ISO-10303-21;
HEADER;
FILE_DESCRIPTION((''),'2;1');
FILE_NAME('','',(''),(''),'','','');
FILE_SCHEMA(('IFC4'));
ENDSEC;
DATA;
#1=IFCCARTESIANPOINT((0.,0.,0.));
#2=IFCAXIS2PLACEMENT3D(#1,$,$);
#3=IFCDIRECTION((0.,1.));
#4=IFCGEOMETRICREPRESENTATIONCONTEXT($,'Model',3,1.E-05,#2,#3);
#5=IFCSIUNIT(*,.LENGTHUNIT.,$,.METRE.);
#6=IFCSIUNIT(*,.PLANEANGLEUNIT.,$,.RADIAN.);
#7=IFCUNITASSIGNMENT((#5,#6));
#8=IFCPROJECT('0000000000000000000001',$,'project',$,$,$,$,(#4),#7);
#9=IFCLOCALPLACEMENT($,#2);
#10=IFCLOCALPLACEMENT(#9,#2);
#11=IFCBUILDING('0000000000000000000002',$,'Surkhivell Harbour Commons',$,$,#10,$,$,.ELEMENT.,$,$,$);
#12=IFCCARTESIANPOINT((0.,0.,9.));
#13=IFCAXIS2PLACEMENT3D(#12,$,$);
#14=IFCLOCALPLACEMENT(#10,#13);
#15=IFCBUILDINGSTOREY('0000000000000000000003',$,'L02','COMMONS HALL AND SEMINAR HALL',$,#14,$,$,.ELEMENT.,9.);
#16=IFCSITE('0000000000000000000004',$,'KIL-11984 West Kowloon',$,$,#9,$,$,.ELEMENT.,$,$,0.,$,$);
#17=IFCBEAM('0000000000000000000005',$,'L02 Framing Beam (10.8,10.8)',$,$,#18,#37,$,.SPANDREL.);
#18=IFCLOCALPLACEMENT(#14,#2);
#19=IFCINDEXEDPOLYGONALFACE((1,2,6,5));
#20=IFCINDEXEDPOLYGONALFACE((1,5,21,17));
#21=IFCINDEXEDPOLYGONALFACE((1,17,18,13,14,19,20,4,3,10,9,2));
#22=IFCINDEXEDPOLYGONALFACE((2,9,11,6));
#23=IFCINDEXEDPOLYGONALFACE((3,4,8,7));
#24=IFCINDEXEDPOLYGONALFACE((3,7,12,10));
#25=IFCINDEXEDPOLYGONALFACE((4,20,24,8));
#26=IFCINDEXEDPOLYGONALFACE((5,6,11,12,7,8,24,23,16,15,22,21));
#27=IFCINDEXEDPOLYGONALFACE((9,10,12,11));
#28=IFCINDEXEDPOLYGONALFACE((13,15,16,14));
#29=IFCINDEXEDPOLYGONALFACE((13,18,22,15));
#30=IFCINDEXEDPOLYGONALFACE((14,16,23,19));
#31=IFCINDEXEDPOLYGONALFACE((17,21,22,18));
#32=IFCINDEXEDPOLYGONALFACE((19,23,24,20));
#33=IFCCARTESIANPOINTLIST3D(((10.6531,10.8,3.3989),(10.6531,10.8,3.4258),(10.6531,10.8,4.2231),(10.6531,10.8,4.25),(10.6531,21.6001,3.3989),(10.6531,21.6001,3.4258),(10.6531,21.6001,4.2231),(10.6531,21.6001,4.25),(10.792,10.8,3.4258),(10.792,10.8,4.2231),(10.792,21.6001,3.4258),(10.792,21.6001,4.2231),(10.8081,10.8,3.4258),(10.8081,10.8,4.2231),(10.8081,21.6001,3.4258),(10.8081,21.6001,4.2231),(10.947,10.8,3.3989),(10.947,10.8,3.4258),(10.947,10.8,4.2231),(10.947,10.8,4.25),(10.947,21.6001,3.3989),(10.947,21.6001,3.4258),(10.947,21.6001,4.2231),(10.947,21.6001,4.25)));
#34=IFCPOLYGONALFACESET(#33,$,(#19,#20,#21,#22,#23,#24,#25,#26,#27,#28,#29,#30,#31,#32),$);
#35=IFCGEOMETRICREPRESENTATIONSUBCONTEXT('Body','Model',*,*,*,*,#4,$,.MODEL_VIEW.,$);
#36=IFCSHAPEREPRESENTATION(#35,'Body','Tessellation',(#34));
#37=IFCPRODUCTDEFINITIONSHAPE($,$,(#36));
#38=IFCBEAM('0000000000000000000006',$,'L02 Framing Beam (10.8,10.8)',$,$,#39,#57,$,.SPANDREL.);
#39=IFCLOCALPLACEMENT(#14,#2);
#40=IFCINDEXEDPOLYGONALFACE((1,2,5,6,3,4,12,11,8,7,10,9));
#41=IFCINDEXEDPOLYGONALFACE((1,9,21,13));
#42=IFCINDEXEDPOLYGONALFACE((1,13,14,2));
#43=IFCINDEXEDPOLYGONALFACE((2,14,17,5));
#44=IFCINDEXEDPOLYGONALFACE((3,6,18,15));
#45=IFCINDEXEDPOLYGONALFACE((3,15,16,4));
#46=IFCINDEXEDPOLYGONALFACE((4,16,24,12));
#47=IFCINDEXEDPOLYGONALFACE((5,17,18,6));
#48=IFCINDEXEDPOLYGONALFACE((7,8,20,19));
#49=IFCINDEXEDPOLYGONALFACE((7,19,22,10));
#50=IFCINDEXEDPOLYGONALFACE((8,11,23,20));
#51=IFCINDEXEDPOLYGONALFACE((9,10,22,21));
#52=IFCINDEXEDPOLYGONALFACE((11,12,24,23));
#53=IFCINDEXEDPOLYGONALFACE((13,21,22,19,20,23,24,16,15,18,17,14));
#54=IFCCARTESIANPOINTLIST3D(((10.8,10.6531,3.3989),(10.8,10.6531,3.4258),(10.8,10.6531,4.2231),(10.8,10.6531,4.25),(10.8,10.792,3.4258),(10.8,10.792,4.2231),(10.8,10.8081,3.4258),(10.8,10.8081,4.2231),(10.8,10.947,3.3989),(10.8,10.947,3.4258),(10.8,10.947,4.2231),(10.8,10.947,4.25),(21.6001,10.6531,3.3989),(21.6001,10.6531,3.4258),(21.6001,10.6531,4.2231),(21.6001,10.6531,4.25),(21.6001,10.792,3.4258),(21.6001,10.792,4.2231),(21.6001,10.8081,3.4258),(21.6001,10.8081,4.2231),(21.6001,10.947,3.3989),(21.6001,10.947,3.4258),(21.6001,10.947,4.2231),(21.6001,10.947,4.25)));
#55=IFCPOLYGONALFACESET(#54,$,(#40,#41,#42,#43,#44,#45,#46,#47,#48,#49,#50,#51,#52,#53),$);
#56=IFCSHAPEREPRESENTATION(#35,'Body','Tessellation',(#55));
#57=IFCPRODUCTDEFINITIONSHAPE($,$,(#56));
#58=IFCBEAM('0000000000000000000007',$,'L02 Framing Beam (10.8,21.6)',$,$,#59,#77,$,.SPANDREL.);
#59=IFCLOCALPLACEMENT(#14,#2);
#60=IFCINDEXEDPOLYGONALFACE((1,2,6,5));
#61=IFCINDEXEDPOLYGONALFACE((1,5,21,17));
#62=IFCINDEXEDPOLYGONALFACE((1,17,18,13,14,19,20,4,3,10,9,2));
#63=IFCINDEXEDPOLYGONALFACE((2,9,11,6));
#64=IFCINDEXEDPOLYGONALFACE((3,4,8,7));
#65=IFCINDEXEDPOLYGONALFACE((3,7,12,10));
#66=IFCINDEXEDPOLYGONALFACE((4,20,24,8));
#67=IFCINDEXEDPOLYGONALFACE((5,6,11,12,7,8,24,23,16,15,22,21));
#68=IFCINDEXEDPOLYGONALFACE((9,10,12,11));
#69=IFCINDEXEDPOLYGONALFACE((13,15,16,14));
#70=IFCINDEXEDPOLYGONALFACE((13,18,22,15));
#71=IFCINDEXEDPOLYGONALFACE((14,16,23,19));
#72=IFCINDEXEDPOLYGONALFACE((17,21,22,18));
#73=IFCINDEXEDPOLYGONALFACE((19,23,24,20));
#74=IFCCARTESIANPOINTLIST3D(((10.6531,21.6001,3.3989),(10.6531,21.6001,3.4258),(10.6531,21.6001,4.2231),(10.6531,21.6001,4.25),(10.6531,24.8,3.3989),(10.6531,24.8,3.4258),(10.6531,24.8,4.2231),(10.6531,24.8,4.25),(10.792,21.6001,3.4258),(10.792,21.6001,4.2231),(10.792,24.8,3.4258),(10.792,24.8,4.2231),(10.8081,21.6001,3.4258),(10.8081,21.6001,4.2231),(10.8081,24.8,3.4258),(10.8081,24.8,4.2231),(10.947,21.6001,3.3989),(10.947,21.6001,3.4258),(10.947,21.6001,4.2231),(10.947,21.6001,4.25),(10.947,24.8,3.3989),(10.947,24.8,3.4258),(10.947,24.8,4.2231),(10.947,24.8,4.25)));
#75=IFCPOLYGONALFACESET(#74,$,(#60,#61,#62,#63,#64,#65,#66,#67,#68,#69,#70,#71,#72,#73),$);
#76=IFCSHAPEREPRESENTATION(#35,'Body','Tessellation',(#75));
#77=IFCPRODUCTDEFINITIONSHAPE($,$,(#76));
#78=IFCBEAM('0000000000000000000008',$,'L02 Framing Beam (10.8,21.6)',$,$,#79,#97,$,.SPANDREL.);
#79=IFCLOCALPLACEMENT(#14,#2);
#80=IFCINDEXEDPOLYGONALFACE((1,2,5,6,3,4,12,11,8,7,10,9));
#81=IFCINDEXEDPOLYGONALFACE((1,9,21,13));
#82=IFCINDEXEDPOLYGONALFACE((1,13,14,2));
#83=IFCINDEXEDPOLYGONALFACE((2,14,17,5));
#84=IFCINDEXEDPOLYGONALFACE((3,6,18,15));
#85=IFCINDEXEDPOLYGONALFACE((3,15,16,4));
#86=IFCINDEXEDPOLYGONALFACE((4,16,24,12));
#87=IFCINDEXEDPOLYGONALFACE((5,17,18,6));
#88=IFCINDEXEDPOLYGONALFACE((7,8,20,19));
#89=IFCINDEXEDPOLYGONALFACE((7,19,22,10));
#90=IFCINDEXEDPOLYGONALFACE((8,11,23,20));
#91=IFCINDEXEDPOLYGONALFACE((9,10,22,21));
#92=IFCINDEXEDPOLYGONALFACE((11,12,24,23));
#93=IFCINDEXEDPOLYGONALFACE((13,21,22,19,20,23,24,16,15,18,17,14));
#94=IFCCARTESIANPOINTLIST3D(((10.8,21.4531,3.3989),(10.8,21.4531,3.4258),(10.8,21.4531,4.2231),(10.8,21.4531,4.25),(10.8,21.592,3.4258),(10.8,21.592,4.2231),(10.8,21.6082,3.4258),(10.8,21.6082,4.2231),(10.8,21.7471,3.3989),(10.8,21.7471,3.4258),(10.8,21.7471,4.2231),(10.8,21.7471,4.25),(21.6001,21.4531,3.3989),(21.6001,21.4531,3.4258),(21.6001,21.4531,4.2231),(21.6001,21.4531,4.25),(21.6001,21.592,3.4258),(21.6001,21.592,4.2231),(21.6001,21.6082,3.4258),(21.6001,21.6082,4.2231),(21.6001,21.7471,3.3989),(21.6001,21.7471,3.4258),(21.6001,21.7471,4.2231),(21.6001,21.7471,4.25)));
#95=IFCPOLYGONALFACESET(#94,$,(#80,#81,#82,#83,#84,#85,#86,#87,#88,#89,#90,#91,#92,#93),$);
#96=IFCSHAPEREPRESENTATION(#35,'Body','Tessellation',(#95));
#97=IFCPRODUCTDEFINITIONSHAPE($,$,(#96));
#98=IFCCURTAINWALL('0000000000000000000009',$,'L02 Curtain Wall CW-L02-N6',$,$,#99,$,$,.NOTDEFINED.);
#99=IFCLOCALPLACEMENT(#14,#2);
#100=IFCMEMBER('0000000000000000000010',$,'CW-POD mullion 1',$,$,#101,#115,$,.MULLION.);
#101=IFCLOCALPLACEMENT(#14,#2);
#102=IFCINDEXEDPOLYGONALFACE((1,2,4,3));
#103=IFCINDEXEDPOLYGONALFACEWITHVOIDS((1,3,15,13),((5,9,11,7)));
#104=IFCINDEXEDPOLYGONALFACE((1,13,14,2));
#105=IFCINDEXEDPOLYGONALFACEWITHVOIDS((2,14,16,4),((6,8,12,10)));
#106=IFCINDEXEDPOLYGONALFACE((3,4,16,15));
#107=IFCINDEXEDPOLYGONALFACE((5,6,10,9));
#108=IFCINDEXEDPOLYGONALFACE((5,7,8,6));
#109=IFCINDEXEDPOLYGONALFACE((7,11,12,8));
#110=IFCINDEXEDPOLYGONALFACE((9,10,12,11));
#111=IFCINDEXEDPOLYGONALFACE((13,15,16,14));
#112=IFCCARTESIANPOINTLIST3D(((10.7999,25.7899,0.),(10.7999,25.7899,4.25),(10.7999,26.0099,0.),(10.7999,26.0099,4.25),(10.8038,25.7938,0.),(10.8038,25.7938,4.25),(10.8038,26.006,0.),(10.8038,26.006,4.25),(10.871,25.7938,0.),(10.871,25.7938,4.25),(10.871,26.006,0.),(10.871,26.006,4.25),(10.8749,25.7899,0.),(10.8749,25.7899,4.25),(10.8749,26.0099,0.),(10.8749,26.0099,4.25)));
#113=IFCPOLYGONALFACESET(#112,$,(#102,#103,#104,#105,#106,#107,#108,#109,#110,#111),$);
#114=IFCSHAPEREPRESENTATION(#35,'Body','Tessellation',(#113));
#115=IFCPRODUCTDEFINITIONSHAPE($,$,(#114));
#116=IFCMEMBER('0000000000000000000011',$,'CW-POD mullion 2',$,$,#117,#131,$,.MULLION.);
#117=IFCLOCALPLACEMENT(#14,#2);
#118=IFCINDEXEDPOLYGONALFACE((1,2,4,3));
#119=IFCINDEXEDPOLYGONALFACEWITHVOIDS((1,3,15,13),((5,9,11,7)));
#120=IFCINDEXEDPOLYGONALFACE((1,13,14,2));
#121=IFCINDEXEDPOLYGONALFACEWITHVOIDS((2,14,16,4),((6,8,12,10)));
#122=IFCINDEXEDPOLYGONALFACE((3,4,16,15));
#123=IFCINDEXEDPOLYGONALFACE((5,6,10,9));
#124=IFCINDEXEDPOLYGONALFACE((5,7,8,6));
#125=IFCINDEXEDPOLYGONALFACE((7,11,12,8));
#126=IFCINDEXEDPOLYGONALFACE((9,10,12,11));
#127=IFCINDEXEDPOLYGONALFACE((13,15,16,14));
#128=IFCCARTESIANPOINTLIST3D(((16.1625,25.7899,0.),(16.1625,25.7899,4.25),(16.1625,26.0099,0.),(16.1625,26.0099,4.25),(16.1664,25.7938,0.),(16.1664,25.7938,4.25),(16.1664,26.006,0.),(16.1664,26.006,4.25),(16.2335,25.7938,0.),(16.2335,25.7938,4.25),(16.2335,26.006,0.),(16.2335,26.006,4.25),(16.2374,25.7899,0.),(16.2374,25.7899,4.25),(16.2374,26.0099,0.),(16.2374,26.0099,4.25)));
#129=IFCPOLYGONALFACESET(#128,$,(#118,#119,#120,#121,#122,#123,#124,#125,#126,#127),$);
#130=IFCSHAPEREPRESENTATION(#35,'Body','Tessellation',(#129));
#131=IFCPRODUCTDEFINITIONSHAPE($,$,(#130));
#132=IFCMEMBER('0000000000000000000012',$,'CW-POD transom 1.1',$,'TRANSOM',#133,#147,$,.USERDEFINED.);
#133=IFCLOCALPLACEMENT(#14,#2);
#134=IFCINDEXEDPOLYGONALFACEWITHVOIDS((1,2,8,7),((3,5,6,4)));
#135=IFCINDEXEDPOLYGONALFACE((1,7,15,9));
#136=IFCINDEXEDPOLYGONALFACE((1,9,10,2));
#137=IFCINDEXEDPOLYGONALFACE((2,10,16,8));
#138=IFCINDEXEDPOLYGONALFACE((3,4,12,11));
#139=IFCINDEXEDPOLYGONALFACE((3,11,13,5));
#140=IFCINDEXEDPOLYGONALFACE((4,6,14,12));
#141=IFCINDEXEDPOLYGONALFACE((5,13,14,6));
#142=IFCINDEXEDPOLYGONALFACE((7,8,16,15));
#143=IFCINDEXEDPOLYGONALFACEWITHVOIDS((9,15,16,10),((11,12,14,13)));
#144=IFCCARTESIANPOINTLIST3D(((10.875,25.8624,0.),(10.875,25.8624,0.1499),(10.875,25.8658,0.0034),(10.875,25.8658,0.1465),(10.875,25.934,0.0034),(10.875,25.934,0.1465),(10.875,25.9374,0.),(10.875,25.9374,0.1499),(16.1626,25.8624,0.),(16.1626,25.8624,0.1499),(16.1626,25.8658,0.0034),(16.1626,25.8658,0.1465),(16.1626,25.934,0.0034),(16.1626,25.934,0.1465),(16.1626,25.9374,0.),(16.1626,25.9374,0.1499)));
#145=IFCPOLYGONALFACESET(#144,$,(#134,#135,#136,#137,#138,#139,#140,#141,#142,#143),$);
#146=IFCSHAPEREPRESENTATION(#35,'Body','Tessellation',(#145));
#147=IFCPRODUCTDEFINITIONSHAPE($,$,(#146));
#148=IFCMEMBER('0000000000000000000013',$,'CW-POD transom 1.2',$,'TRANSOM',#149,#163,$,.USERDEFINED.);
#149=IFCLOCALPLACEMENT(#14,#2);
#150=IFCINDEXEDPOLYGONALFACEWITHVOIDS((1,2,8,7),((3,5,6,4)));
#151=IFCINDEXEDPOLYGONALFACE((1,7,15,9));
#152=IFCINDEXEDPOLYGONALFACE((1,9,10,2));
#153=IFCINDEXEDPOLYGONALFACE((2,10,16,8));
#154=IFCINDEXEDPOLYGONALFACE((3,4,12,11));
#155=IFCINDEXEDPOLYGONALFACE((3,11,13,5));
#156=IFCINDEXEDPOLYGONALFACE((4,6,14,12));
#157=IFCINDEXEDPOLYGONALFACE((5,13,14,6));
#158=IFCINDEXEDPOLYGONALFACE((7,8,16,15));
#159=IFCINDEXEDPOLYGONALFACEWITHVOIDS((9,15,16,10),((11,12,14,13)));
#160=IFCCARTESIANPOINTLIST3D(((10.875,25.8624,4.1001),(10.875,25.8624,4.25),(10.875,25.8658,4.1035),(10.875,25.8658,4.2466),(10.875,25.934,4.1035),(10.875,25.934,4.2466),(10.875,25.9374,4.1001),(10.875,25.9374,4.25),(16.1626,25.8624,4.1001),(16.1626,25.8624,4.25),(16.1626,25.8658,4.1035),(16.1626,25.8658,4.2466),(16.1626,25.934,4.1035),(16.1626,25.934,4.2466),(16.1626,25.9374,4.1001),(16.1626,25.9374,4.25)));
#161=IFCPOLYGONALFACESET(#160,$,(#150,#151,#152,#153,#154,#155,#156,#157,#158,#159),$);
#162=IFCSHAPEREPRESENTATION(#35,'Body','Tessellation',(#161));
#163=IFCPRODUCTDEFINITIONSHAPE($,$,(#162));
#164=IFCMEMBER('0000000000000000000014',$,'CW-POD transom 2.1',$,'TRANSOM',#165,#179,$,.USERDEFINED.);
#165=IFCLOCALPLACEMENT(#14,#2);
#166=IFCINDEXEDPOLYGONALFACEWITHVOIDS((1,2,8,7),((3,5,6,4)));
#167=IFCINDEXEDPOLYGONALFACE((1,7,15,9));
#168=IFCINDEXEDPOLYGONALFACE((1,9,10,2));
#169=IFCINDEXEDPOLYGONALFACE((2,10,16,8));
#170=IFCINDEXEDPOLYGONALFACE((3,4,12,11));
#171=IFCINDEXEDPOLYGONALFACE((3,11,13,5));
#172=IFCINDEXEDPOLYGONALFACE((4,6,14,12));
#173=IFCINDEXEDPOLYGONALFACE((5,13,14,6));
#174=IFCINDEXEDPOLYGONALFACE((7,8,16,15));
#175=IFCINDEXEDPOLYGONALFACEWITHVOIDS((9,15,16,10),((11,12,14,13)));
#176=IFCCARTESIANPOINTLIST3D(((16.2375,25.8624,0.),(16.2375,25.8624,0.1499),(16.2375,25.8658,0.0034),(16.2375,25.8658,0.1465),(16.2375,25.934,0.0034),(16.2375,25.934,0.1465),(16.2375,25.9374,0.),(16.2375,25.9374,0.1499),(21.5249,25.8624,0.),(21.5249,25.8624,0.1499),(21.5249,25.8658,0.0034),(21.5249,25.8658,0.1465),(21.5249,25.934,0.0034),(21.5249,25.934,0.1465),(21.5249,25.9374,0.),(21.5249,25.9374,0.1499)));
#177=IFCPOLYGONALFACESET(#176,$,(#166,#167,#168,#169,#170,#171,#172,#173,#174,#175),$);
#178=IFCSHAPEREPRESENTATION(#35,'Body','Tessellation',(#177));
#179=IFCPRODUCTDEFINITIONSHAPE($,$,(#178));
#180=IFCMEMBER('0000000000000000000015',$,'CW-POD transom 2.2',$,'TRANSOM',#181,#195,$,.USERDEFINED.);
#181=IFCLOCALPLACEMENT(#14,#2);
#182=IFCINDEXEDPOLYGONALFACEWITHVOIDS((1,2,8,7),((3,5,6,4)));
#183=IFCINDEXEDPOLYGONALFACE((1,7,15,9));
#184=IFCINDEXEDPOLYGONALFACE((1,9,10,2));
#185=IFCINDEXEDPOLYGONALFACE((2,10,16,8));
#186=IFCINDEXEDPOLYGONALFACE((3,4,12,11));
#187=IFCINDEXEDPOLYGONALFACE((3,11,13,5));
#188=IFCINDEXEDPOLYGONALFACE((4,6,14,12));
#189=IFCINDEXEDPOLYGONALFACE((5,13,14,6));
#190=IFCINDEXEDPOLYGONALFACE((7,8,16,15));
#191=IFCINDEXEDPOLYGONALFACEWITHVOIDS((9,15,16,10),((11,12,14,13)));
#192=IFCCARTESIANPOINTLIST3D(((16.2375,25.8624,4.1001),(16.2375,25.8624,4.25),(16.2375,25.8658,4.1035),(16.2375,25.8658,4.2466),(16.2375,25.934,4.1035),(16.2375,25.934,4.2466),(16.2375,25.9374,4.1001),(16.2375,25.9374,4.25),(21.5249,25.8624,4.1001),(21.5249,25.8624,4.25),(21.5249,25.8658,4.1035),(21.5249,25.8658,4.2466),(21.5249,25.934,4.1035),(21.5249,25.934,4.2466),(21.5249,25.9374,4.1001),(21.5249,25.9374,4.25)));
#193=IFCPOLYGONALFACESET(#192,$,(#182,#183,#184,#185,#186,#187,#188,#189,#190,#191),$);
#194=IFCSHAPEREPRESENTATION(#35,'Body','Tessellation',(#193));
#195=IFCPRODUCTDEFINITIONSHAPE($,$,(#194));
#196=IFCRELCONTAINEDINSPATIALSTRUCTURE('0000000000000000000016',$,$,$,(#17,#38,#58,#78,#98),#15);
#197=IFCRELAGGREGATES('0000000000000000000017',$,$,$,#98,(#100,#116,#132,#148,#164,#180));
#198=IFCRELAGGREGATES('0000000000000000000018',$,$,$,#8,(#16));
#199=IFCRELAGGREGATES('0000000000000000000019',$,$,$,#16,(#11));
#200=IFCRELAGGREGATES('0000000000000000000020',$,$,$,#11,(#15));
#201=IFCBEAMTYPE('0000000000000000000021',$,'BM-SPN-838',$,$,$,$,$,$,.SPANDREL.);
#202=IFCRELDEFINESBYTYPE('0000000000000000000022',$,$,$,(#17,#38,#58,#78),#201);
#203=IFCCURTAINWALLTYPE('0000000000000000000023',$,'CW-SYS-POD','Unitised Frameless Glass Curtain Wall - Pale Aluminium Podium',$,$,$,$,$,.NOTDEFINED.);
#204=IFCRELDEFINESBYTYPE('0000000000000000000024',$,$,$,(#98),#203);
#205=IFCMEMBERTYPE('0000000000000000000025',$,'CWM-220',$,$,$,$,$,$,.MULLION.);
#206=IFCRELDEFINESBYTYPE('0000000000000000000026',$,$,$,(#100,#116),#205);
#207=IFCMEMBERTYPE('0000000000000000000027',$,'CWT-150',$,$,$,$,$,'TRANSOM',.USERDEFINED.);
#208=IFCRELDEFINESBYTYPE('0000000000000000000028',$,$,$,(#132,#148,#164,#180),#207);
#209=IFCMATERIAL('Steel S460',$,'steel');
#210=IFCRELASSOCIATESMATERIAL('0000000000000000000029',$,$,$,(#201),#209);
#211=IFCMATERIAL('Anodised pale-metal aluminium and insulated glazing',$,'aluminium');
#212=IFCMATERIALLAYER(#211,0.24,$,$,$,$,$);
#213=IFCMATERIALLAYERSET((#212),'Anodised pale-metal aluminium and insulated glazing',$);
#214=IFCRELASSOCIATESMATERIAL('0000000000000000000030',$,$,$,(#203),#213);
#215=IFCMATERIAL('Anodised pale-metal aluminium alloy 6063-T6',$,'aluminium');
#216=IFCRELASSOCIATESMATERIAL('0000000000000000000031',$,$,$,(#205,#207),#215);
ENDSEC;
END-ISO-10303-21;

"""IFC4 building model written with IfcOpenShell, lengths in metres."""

from ifc_helpers import new_model, si_unit, direction, frame, origin, origin_2d, place, context, subcontext, project, spatial, hollow_rectangle, i_section, extrude, material, layer, layer_set, material_profile, profile_set, type_object, element, aggregate, save


model = new_model("IFC4")

# Units and contexts
model_context = context("Model", 3, precision=1e-05, world=origin(), true_north=direction((0.0, 1.0)))
body_context = subcontext(model_context, "Body", "Model", "MODEL_VIEW")
ifc_project = project(units=[si_unit("LENGTHUNIT", "METRE"), si_unit("PLANEANGLEUNIT", "RADIAN")], contexts=[model_context])

# Site, building, storey
site_placement = place(None, origin())
site = spatial("IfcSite", under=ifc_project, at=site_placement, Name="KIL-11984 West Kowloon", CompositionType="ELEMENT", RefElevation=0.0)
building_placement = place(site_placement, origin())
building = spatial("IfcBuilding", under=site, at=building_placement, Name="Surkhivell Harbour Commons", CompositionType="ELEMENT")
storey_placement = place(building_placement, frame((0.0, 0.0, 9.0)))
storey = spatial("IfcBuildingStorey", under=building, at=storey_placement, Name="L02", Description="COMMONS HALL AND SEMINAR HALL", CompositionType="ELEMENT", Elevation=9.0)

# Beams
ifc_material_1 = material(Name="Steel S460", Category="steel")
ifc_material_profile_1 = material_profile(ifc_material_1, i_section(OverallWidth=0.2939, OverallDepth=0.8511, WebThickness=0.0161, FlangeThickness=0.0269, at=origin_2d()), Name="UB838x292x226")
ifc_profile_set_1 = profile_set([ifc_material_profile_1], Name="Steel S460")
beam_type = type_object("IfcBeamType", Name="BM-SPN-838", PredefinedType="SPANDREL", material=ifc_profile_set_1)
for number, where, z_axis, x_axis, name in (
    (1, (10.8, 10.8, 3.8245), (0.0, 1.0, 0.0), (-1.0, 0.0, 0.0), "L02 Framing Beam (10.8,10.8)"),
    (2, (10.8, 10.8, 3.8245), (1.0, 0.0, 0.0), (0.0, 1.0, 0.0), "L02 Framing Beam (10.8,10.8)"),
):
    element("IfcBeam", number, at=place(storey_placement, frame(where, z_axis=z_axis, x_axis=x_axis)), inside=storey, type_object=beam_type, Name=name, PredefinedType="SPANDREL", context=body_context, shape_type="SweptSolid", body=[
        extrude(i_section(OverallWidth=0.2939, OverallDepth=0.8511, WebThickness=0.0161, FlangeThickness=0.0269, at=origin_2d()), origin(), (0.0, 0.0, 1.0), 10.8),
    ])
beam_1_placement = place(storey_placement, frame((10.8, 21.6001, 3.8245), z_axis=(0.0, 1.0, 0.0), x_axis=(-1.0, 0.0, 0.0)))
element("IfcBeam", 3, at=beam_1_placement, inside=storey, type_object=beam_type, Name="L02 Framing Beam (10.8,21.6)", PredefinedType="SPANDREL", context=body_context, shape_type="SweptSolid", body=[
    extrude(i_section(OverallWidth=0.2939, OverallDepth=0.8511, WebThickness=0.0161, FlangeThickness=0.0269, at=origin_2d()), origin(), (0.0, 0.0, 1.0), 3.2),
])
beam_2_placement = place(storey_placement, frame((10.8, 21.6001, 3.8245), z_axis=(1.0, 0.0, 0.0), x_axis=(0.0, 1.0, 0.0)))
element("IfcBeam", 4, at=beam_2_placement, inside=storey, type_object=beam_type, Name="L02 Framing Beam (10.8,21.6)", PredefinedType="SPANDREL", context=body_context, shape_type="SweptSolid", body=[
    extrude(i_section(OverallWidth=0.2939, OverallDepth=0.8511, WebThickness=0.0161, FlangeThickness=0.0269, at=origin_2d()), origin(), (0.0, 0.0, 1.0), 10.8),
])

# Curtain wall, members
ifc_material_2 = material(Name="Anodised pale-metal aluminium and insulated glazing", Category="aluminium")
ifc_layer_1 = layer(ifc_material_2, 0.24)
ifc_layer_set_1 = layer_set([ifc_layer_1], Name="Anodised pale-metal aluminium and insulated glazing")
curtain_wall_type = type_object("IfcCurtainWallType", Name="CW-SYS-POD", Description="Unitised Frameless Glass Curtain Wall - Pale Aluminium Podium", PredefinedType="NOTDEFINED", material=ifc_layer_set_1)
curtain_wall_placement = place(storey_placement, origin())
curtain_wall = element("IfcCurtainWall", 5, at=curtain_wall_placement, inside=storey, type_object=curtain_wall_type, Name="L02 Curtain Wall CW-L02-N6", PredefinedType="NOTDEFINED")
ifc_material_3 = material(Name="Anodised pale-metal aluminium alloy 6063-T6", Category="aluminium")
ifc_material_profile_2 = material_profile(ifc_material_3, hollow_rectangle(XDim=0.075, YDim=0.22, WallThickness=0.0039, at=origin_2d()), Name="ALU-MULL-75x220")
ifc_profile_set_2 = profile_set([ifc_material_profile_2], Name="Anodised pale-metal aluminium alloy 6063-T6")
member_type_1 = type_object("IfcMemberType", Name="CWM-220", PredefinedType="MULLION", material=ifc_profile_set_2)
member_1_placement = place(storey_placement, frame((10.8374, 25.8999, 0.0), z_axis=(0.0, 0.0, 1.0), x_axis=(1.0, 0.0, 0.0)))
member_1 = element("IfcMember", 6, at=member_1_placement, type_object=member_type_1, Name="CW-POD mullion 1", PredefinedType="MULLION", context=body_context, shape_type="SweptSolid", body=[
    extrude(hollow_rectangle(XDim=0.075, YDim=0.22, WallThickness=0.0039, at=origin_2d()), origin(), (0.0, 0.0, 1.0), 4.25),
])
member_2_placement = place(storey_placement, frame((16.2, 25.8999, 0.0), z_axis=(0.0, 0.0, 1.0), x_axis=(1.0, 0.0, 0.0)))
member_2 = element("IfcMember", 7, at=member_2_placement, type_object=member_type_1, Name="CW-POD mullion 2", PredefinedType="MULLION", context=body_context, shape_type="SweptSolid", body=[
    extrude(hollow_rectangle(XDim=0.075, YDim=0.22, WallThickness=0.0039, at=origin_2d()), origin(), (0.0, 0.0, 1.0), 4.25),
])
ifc_material_profile_3 = material_profile(ifc_material_3, hollow_rectangle(XDim=0.075, YDim=0.1499, WallThickness=0.0034, at=origin_2d()), Name="ALU-TRAN-75x150")
ifc_profile_set_3 = profile_set([ifc_material_profile_3], Name="Anodised pale-metal aluminium alloy 6063-T6")
member_type_2 = type_object("IfcMemberType", Name="CWT-150", ElementType="TRANSOM", PredefinedType="USERDEFINED", material=ifc_profile_set_3)
member_3_placement = place(storey_placement, frame((10.875, 25.8999, 0.075), z_axis=(1.0, 0.0, 0.0), x_axis=(0.0, 1.0, 0.0)))
member_3 = element("IfcMember", 8, at=member_3_placement, type_object=member_type_2, Name="CW-POD transom 1.1", ObjectType="TRANSOM", PredefinedType="USERDEFINED", context=body_context, shape_type="SweptSolid", body=[
    extrude(hollow_rectangle(XDim=0.075, YDim=0.1499, WallThickness=0.0034, at=origin_2d()), origin(), (0.0, 0.0, 1.0), 5.2876),
])
member_4_placement = place(storey_placement, frame((10.875, 25.8999, 4.175), z_axis=(1.0, 0.0, 0.0), x_axis=(0.0, 1.0, 0.0)))
member_4 = element("IfcMember", 9, at=member_4_placement, type_object=member_type_2, Name="CW-POD transom 1.2", ObjectType="TRANSOM", PredefinedType="USERDEFINED", context=body_context, shape_type="SweptSolid", body=[
    extrude(hollow_rectangle(XDim=0.075, YDim=0.1499, WallThickness=0.0034, at=origin_2d()), origin(), (0.0, 0.0, 1.0), 5.2876),
])
member_5_placement = place(storey_placement, frame((16.2375, 25.8999, 0.075), z_axis=(1.0, 0.0, 0.0), x_axis=(0.0, 1.0, 0.0)))
member_5 = element("IfcMember", 10, at=member_5_placement, type_object=member_type_2, Name="CW-POD transom 2.1", ObjectType="TRANSOM", PredefinedType="USERDEFINED", context=body_context, shape_type="SweptSolid", body=[
    extrude(hollow_rectangle(XDim=0.075, YDim=0.1499, WallThickness=0.0034, at=origin_2d()), origin(), (0.0, 0.0, 1.0), 5.2874),
])
member_6_placement = place(storey_placement, frame((16.2375, 25.8999, 4.175), z_axis=(1.0, 0.0, 0.0), x_axis=(0.0, 1.0, 0.0)))
member_6 = element("IfcMember", 11, at=member_6_placement, type_object=member_type_2, Name="CW-POD transom 2.2", ObjectType="TRANSOM", PredefinedType="USERDEFINED", context=body_context, shape_type="SweptSolid", body=[
    extrude(hollow_rectangle(XDim=0.075, YDim=0.1499, WallThickness=0.0034, at=origin_2d()), origin(), (0.0, 0.0, 1.0), 5.2874),
])
aggregate(curtain_wall, [member_1, member_2, member_3, member_4, member_5, member_6])

save(model, "model.ifc")
